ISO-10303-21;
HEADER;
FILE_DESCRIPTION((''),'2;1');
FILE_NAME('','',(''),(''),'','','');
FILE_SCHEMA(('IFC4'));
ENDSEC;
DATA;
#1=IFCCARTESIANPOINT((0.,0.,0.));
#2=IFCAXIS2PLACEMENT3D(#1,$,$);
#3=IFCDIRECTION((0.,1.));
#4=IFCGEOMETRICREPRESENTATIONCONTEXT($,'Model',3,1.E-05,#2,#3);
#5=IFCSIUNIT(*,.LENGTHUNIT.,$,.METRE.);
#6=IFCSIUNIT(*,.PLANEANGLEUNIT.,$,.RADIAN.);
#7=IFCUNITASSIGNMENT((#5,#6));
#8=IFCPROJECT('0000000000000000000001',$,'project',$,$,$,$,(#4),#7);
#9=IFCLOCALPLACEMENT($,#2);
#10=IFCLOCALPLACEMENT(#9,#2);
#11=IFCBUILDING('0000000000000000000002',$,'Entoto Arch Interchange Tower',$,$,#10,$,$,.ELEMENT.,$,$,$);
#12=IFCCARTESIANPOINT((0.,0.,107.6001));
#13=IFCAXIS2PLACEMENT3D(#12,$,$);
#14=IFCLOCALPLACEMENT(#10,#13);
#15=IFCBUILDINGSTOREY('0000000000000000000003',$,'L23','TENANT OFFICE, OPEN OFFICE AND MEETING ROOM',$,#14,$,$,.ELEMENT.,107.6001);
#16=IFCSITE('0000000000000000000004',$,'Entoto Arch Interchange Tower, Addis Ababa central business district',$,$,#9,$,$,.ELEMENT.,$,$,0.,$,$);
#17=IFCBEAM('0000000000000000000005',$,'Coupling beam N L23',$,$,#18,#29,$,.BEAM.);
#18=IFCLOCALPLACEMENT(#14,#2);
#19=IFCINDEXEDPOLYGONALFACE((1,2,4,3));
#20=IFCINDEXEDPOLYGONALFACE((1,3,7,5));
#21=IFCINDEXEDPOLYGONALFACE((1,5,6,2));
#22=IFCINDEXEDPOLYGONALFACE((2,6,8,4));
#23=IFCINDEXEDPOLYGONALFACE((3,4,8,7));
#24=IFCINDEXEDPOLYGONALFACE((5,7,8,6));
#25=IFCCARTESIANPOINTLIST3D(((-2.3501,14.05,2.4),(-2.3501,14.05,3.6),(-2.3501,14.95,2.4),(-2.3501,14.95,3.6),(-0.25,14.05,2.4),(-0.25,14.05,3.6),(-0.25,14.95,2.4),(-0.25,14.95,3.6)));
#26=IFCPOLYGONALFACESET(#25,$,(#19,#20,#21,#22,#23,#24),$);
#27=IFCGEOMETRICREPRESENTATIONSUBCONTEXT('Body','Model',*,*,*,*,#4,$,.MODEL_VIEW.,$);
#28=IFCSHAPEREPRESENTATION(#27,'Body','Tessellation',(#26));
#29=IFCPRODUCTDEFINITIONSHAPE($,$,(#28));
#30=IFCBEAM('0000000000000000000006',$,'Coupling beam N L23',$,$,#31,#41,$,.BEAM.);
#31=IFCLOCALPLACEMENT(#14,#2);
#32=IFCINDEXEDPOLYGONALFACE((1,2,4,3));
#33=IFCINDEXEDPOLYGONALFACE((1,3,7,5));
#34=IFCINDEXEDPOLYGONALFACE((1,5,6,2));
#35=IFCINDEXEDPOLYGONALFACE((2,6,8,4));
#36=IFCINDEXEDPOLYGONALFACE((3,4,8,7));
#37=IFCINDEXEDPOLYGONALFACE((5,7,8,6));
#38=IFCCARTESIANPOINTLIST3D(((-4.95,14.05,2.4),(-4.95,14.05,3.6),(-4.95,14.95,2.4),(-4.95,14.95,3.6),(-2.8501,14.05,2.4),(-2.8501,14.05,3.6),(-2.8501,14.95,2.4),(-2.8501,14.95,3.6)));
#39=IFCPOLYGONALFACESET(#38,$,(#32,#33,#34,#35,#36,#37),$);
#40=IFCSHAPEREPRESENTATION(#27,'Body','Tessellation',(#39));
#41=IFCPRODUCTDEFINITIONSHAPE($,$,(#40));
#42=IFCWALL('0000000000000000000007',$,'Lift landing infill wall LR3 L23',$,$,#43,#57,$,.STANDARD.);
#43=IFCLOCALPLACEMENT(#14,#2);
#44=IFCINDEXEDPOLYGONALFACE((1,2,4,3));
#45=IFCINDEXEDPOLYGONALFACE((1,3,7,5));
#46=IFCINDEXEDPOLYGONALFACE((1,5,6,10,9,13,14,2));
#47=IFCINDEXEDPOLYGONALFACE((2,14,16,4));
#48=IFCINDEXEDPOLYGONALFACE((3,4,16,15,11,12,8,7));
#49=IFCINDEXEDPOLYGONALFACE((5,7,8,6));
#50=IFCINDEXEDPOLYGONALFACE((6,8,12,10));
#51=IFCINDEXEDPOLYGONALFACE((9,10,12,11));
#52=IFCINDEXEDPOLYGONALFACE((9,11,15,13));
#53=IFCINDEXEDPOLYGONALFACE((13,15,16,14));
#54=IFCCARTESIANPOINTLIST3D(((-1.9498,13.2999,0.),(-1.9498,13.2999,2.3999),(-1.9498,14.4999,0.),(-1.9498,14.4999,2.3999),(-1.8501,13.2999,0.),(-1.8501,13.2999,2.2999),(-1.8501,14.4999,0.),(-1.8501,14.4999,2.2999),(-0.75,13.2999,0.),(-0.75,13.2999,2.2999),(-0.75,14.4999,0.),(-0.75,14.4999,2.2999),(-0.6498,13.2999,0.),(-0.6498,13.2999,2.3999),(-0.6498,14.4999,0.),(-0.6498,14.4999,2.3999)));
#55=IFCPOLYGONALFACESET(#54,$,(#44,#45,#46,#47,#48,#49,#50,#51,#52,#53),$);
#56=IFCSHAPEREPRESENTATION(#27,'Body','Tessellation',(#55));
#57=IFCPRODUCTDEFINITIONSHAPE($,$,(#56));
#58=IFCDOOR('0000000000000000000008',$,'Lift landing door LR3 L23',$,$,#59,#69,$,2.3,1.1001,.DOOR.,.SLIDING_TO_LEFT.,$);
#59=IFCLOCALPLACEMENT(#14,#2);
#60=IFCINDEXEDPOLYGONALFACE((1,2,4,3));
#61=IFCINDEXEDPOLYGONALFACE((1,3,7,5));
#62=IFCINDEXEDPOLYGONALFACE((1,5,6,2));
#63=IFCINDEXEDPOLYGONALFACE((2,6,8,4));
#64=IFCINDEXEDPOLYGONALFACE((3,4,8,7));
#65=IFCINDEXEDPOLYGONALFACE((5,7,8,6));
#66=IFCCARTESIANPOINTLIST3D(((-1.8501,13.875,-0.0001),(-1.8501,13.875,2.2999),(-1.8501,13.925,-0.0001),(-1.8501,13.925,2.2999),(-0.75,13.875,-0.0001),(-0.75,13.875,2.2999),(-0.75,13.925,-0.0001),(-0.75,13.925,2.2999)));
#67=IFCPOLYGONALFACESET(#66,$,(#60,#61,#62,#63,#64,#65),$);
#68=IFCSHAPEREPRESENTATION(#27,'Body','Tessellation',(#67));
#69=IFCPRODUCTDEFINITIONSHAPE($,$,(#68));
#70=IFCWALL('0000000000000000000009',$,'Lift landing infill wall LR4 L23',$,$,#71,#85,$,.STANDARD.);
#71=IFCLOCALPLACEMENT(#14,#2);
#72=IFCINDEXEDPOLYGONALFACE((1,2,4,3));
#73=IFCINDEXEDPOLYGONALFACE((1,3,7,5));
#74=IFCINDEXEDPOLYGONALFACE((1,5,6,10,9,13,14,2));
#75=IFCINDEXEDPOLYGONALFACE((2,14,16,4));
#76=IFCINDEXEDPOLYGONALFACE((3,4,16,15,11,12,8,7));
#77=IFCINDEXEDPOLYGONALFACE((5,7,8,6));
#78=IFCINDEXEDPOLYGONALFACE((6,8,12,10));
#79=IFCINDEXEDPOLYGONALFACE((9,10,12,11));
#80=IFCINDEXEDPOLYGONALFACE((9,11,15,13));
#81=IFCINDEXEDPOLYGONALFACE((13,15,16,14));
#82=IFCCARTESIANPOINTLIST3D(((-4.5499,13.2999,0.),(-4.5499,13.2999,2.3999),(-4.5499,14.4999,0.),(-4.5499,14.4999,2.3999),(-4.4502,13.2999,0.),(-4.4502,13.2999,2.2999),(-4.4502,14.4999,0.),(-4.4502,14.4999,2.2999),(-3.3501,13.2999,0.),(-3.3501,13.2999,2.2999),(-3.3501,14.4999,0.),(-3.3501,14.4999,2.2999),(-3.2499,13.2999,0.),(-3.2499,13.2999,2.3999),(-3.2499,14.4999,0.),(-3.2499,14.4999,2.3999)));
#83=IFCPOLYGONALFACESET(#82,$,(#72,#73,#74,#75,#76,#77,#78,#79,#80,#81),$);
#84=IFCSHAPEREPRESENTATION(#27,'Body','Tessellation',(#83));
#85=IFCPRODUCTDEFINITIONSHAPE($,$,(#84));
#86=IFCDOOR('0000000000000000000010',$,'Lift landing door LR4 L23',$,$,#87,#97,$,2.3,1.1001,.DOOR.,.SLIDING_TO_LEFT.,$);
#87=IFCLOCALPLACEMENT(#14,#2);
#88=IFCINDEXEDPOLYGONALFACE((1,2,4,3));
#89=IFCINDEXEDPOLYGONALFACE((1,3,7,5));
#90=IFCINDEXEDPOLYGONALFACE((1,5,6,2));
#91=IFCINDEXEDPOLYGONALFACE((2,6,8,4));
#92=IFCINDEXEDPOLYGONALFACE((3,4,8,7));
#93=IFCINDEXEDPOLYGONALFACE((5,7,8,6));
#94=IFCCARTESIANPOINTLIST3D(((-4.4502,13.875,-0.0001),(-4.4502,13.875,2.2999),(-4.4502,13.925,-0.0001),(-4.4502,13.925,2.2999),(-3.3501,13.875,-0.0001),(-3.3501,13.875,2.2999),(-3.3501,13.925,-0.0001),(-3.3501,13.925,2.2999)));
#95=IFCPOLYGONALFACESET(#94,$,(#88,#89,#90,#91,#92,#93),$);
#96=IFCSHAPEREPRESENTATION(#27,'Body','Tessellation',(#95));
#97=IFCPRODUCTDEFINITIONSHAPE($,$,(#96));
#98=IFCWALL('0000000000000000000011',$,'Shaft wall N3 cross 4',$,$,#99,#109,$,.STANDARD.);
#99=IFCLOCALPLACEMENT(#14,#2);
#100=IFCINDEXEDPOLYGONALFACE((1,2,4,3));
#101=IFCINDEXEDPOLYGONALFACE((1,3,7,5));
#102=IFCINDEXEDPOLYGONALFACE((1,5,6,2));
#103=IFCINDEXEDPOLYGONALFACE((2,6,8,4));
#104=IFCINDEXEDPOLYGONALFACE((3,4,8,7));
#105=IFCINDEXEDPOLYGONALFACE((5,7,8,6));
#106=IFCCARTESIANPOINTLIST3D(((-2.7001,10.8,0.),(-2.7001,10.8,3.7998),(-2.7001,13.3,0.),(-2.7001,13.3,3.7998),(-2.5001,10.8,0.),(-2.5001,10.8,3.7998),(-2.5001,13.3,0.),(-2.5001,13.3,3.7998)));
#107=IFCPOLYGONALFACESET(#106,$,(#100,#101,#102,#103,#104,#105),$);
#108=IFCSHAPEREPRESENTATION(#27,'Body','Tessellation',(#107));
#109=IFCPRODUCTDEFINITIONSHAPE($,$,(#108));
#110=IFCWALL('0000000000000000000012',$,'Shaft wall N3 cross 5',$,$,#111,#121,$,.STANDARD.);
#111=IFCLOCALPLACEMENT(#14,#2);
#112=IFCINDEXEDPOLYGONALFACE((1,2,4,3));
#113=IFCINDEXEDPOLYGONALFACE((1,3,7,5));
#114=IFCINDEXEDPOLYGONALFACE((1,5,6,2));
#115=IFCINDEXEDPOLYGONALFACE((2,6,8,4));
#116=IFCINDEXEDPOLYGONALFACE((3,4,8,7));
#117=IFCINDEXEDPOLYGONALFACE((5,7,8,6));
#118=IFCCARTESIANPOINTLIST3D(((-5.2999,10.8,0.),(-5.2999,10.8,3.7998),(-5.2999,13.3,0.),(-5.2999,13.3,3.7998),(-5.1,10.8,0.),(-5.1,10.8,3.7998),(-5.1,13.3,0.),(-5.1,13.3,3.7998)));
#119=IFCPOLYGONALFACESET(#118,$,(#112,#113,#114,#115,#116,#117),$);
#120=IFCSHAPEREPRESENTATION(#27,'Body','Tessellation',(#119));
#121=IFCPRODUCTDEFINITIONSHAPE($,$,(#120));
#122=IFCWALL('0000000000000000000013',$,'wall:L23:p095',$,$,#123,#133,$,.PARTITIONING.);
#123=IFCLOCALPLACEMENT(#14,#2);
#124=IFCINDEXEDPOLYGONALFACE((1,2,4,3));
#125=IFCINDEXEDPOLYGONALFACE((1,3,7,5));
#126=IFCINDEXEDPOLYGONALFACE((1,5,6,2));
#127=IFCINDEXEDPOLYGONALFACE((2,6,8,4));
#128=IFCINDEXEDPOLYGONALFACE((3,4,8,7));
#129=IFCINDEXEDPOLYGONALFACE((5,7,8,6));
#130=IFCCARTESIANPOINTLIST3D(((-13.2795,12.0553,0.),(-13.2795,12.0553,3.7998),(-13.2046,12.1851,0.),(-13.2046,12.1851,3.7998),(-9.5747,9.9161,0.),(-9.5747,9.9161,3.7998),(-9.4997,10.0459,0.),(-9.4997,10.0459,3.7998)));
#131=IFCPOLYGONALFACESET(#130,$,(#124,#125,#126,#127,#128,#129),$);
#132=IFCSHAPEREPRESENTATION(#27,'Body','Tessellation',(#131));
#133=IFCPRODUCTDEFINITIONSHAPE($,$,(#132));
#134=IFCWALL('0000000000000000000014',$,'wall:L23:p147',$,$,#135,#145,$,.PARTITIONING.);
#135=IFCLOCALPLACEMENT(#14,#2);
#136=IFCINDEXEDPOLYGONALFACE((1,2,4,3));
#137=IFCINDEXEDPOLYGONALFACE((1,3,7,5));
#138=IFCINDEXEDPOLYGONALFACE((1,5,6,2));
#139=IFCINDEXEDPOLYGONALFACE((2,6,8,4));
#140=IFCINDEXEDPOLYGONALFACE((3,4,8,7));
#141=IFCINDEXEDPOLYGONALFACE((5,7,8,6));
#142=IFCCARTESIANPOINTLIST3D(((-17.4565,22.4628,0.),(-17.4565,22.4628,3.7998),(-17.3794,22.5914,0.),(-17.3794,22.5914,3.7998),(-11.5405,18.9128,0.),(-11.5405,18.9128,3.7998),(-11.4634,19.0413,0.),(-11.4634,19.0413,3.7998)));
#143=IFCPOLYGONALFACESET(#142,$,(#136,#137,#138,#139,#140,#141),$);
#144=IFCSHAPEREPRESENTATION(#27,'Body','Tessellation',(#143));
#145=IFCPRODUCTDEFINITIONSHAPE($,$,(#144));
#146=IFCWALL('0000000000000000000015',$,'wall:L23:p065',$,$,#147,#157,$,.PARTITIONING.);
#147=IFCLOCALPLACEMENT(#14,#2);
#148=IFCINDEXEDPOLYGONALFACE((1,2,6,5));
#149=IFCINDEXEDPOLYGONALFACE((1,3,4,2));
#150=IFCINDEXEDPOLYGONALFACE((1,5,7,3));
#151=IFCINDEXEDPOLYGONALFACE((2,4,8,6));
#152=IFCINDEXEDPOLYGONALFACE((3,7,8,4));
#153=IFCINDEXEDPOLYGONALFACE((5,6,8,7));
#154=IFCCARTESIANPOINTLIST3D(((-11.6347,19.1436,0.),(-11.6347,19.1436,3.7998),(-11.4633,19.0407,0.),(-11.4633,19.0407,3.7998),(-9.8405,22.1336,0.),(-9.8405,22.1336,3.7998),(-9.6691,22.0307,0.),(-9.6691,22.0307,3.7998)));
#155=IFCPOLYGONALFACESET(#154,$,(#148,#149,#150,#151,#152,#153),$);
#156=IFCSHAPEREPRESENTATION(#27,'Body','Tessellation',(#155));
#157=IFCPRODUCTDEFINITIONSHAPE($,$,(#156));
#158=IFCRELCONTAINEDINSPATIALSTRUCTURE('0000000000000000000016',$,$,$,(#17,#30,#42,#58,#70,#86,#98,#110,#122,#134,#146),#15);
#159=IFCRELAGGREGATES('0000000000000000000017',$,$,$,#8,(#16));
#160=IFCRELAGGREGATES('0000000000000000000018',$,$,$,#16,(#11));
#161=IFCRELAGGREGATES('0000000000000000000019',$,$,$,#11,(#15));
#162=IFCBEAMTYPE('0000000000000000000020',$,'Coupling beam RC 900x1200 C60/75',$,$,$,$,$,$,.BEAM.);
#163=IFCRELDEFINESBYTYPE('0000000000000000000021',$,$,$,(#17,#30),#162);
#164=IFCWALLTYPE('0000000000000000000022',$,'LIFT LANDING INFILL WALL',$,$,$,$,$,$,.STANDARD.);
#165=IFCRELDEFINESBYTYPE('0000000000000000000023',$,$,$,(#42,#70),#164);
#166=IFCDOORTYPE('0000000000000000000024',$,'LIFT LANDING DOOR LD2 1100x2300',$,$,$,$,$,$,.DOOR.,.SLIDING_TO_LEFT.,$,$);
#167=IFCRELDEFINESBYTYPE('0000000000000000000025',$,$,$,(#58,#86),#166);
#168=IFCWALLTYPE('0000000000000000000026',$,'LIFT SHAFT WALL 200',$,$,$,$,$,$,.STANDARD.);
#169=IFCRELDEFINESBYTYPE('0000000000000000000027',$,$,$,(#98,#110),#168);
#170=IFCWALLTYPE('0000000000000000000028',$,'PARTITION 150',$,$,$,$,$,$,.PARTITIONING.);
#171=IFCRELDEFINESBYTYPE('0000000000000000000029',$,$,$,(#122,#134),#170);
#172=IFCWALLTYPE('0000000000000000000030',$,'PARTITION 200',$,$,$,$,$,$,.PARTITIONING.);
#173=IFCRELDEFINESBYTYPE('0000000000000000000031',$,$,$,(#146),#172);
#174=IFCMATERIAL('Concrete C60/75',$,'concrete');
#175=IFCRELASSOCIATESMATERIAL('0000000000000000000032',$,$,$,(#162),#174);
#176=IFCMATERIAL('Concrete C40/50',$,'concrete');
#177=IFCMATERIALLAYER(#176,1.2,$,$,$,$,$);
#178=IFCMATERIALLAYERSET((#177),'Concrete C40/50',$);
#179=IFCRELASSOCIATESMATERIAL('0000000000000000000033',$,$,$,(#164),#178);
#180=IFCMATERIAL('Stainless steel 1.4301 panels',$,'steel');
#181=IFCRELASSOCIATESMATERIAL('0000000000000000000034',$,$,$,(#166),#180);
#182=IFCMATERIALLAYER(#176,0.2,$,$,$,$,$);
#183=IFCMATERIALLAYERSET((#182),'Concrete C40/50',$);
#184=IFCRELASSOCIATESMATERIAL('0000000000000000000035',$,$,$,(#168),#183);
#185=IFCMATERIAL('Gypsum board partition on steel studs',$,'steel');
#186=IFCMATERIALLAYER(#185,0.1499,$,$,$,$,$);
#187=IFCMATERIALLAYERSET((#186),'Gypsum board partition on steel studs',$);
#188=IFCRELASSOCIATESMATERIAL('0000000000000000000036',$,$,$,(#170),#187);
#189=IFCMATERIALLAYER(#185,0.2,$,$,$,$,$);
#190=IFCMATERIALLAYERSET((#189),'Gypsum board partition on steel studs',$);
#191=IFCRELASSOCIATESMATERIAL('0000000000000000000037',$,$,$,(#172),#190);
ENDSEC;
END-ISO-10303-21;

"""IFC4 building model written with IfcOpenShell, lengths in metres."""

from ifc_helpers import new_model, si_unit, direction, frame, frame_2d, origin, origin_2d, place, context, subcontext, project, spatial, rectangle, extrude, material, layer, layer_set, material_profile, profile_set, type_object, element, fill, save


model = new_model("IFC4")

# Units and contexts
model_context = context("Model", 3, precision=1e-05, world=origin(), true_north=direction((0.0, 1.0)))
body_context = subcontext(model_context, "Body", "Model", "MODEL_VIEW")
ifc_project = project(units=[si_unit("LENGTHUNIT", "METRE"), si_unit("PLANEANGLEUNIT", "RADIAN")], contexts=[model_context])

# Site, building, storey
site_placement = place(None, origin())
site = spatial("IfcSite", under=ifc_project, at=site_placement, Name="Entoto Arch Interchange Tower, Addis Ababa central business district", CompositionType="ELEMENT", RefElevation=0.0)
building_placement = place(site_placement, origin())
building = spatial("IfcBuilding", under=site, at=building_placement, Name="Entoto Arch Interchange Tower", CompositionType="ELEMENT")
storey_placement = place(building_placement, frame((0.0, 0.0, 107.6001)))
storey = spatial("IfcBuildingStorey", under=building, at=storey_placement, Name="L23", Description="TENANT OFFICE, OPEN OFFICE AND MEETING ROOM", CompositionType="ELEMENT", Elevation=107.6001)

# Beams
ifc_material_1 = material(Name="Concrete C60/75", Category="concrete")
ifc_material_profile = material_profile(ifc_material_1, rectangle(XDim=0.8999, YDim=1.2, at=origin_2d()))
ifc_profile_set = profile_set([ifc_material_profile], Name="Concrete C60/75")
beam_type = type_object("IfcBeamType", Name="Coupling beam RC 900x1200 C60/75", PredefinedType="BEAM", material=ifc_profile_set)
beam_1_placement = place(storey_placement, frame((-0.25, 14.5, 3.0), z_axis=(-1.0, 0.0, 0.0), x_axis=(0.0, -1.0, 0.0)))
element("IfcBeam", 1, at=beam_1_placement, inside=storey, type_object=beam_type, Name="Coupling beam N L23", PredefinedType="BEAM", context=body_context, shape_type="SweptSolid", body=[
    extrude(rectangle(XDim=0.8999, YDim=1.2, at=origin_2d()), origin(), (0.0, 0.0, 1.0), 2.1001),
])
beam_2_placement = place(storey_placement, frame((-2.8501, 14.5, 3.0), z_axis=(-1.0, 0.0, 0.0), x_axis=(0.0, -1.0, 0.0)))
element("IfcBeam", 2, at=beam_2_placement, inside=storey, type_object=beam_type, Name="Coupling beam N L23", PredefinedType="BEAM", context=body_context, shape_type="SweptSolid", body=[
    extrude(rectangle(XDim=0.8999, YDim=1.2, at=origin_2d()), origin(), (0.0, 0.0, 1.0), 2.0999),
])

# Walls, openings, doors
ifc_material_2 = material(Name="Concrete C40/50", Category="concrete")
ifc_layer_1 = layer(ifc_material_2, 1.2)
ifc_layer_set_1 = layer_set([ifc_layer_1], Name="Concrete C40/50")
wall_type_1 = type_object("IfcWallType", Name="LIFT LANDING INFILL WALL", PredefinedType="STANDARD", material=ifc_layer_set_1)
wall_1_placement = place(storey_placement, frame((-0.6499, 13.8999, 0.0), z_axis=(0.0, 0.0, 1.0), x_axis=(-1.0, 0.0, 0.0)))
wall_1 = element("IfcWall", 3, at=wall_1_placement, inside=storey, type_object=wall_type_1, Name="Lift landing infill wall LR3 L23", PredefinedType="STANDARD", context=body_context, shape_type="SweptSolid", body=[
    extrude(rectangle(XDim=1.3, YDim=1.2, at=frame_2d((0.6499, 0.0))), origin(), (0.0, 0.0, 1.0), 2.3999),
])
opening_1_placement = place(wall_1_placement, frame((0.1001, 0.0, 0.0)))
opening_1 = element("IfcOpeningElement", 4, at=opening_1_placement, cuts=wall_1, PredefinedType="OPENING", context=body_context, shape_type="SweptSolid", body=[
    extrude(rectangle(XDim=1.1001, YDim=2.3, at=frame_2d((0.55, 1.1499))), frame((0.0, 0.6099, 0.0), z_axis=(0.0, -1.0, 0.0), x_axis=(1.0, 0.0, 0.0)), (0.0, 0.0, 1.0), 1.22),
])
ifc_material_3 = material(Name="Stainless steel 1.4301 panels", Category="steel")
door_type_1 = type_object("IfcDoorType", Name="LIFT LANDING DOOR LD2 1100x2300", OperationType="SLIDING_TO_LEFT", PredefinedType="DOOR", material=ifc_material_3)
door_1_placement = place(opening_1_placement, origin())
door_1 = element("IfcDoor", 5, at=door_1_placement, inside=storey, type_object=door_type_1, Name="Lift landing door LR3 L23", OperationType="SLIDING_TO_LEFT", OverallHeight=2.3, OverallWidth=1.1001, PredefinedType="DOOR", context=body_context, shape_type="SweptSolid", body=[
    extrude(rectangle(XDim=1.1001, YDim=2.3, at=frame_2d((0.55, 1.1499))), frame((0.0, 0.0249, 0.0), z_axis=(0.0, -1.0, 0.0), x_axis=(1.0, 0.0, 0.0)), (0.0, 0.0, 1.0), 0.05),
])
fill(opening_1, door_1)
wall_2_placement = place(storey_placement, frame((-3.25, 13.8999, 0.0), z_axis=(0.0, 0.0, 1.0), x_axis=(-1.0, 0.0, 0.0)))
wall_2 = element("IfcWall", 6, at=wall_2_placement, inside=storey, type_object=wall_type_1, Name="Lift landing infill wall LR4 L23", PredefinedType="STANDARD", context=body_context, shape_type="SweptSolid", body=[
    extrude(rectangle(XDim=1.3, YDim=1.2, at=frame_2d((0.6499, 0.0))), origin(), (0.0, 0.0, 1.0), 2.3999),
])
opening_2_placement = place(wall_2_placement, frame((0.1001, 0.0, 0.0)))
opening_2 = element("IfcOpeningElement", 7, at=opening_2_placement, cuts=wall_2, PredefinedType="OPENING", context=body_context, shape_type="SweptSolid", body=[
    extrude(rectangle(XDim=1.1001, YDim=2.3, at=frame_2d((0.55, 1.1499))), frame((0.0, 0.6099, 0.0), z_axis=(0.0, -1.0, 0.0), x_axis=(1.0, 0.0, 0.0)), (0.0, 0.0, 1.0), 1.22),
])
door_2_placement = place(opening_2_placement, origin())
door_2 = element("IfcDoor", 8, at=door_2_placement, inside=storey, type_object=door_type_1, Name="Lift landing door LR4 L23", OperationType="SLIDING_TO_LEFT", OverallHeight=2.3, OverallWidth=1.1001, PredefinedType="DOOR", context=body_context, shape_type="SweptSolid", body=[
    extrude(rectangle(XDim=1.1001, YDim=2.3, at=frame_2d((0.55, 1.1499))), frame((0.0, 0.0249, 0.0), z_axis=(0.0, -1.0, 0.0), x_axis=(1.0, 0.0, 0.0)), (0.0, 0.0, 1.0), 0.05),
])
fill(opening_2, door_2)

# Walls
ifc_layer_2 = layer(ifc_material_2, 0.2)
ifc_layer_set_2 = layer_set([ifc_layer_2], Name="Concrete C40/50")
wall_type_2 = type_object("IfcWallType", Name="LIFT SHAFT WALL 200", PredefinedType="STANDARD", material=ifc_layer_set_2)
for number, where, z_axis, x_axis, name in (
    (9, (-2.6001, 10.8, 0.0), (0.0, 0.0, 1.0), (0.0, 1.0, 0.0), "Shaft wall N3 cross 4"),
    (10, (-5.2, 10.8, 0.0), (0.0, 0.0, 1.0), (0.0, 1.0, 0.0), "Shaft wall N3 cross 5"),
):
    element("IfcWall", number, at=place(storey_placement, frame(where, z_axis=z_axis, x_axis=x_axis)), inside=storey, type_object=wall_type_2, Name=name, PredefinedType="STANDARD", context=body_context, shape_type="SweptSolid", body=[
        extrude(rectangle(XDim=2.5, YDim=0.2, at=frame_2d((1.25, 0.0))), origin(), (0.0, 0.0, 1.0), 3.7998),
    ])
ifc_material_4 = material(Name="Gypsum board partition on steel studs", Category="steel")
ifc_layer_3 = layer(ifc_material_4, 0.1499)
ifc_layer_set_3 = layer_set([ifc_layer_3], Name="Gypsum board partition on steel studs")
wall_type_3 = type_object("IfcWallType", Name="PARTITION 150", PredefinedType="PARTITIONING", material=ifc_layer_set_3)
wall_3_placement = place(storey_placement, frame((-9.5371, 9.981, 0.0), z_axis=(0.0, 0.0, 1.0), x_axis=(-0.866008, 0.50003, 0.0)))
element("IfcWall", 11, at=wall_3_placement, inside=storey, type_object=wall_type_3, Name="wall:L23:p095", PredefinedType="PARTITIONING", context=body_context, shape_type="SweptSolid", body=[
    extrude(rectangle(XDim=4.2781, YDim=0.1499, at=frame_2d((2.1392, 0.0))), origin(), (0.0, 0.0, 1.0), 3.7998),
])
wall_4_placement = place(storey_placement, frame((-11.502, 18.9771, 0.0), z_axis=(0.0, 0.0, 1.0), x_axis=(-0.857465, 0.514543, 0.0)))
element("IfcWall", 12, at=wall_4_placement, inside=storey, type_object=wall_type_3, Name="wall:L23:p147", PredefinedType="PARTITIONING", context=body_context, shape_type="SweptSolid", body=[
    extrude(rectangle(XDim=6.8994, YDim=0.1499, at=frame_2d((3.4497, 0.0))), origin(), (0.0, 0.0, 1.0), 3.7998),
])
ifc_layer_4 = layer(ifc_material_4, 0.2)
ifc_layer_set_4 = layer_set([ifc_layer_4], Name="Gypsum board partition on steel studs")
wall_type_4 = type_object("IfcWallType", Name="PARTITION 200", PredefinedType="PARTITIONING", material=ifc_layer_set_4)
wall_5_placement = place(storey_placement, frame((-11.5491, 19.092, 0.0), z_axis=(0.0, 0.0, 1.0), x_axis=(0.514537, 0.857468, 0.0)))
element("IfcWall", 13, at=wall_5_placement, inside=storey, type_object=wall_type_4, Name="wall:L23:p065", PredefinedType="PARTITIONING", context=body_context, shape_type="SweptSolid", body=[
    extrude(rectangle(XDim=3.4871, YDim=0.2, at=frame_2d((1.7437, 0.0))), origin(), (0.0, 0.0, 1.0), 3.7998),
])

save(model, "model.ifc")
